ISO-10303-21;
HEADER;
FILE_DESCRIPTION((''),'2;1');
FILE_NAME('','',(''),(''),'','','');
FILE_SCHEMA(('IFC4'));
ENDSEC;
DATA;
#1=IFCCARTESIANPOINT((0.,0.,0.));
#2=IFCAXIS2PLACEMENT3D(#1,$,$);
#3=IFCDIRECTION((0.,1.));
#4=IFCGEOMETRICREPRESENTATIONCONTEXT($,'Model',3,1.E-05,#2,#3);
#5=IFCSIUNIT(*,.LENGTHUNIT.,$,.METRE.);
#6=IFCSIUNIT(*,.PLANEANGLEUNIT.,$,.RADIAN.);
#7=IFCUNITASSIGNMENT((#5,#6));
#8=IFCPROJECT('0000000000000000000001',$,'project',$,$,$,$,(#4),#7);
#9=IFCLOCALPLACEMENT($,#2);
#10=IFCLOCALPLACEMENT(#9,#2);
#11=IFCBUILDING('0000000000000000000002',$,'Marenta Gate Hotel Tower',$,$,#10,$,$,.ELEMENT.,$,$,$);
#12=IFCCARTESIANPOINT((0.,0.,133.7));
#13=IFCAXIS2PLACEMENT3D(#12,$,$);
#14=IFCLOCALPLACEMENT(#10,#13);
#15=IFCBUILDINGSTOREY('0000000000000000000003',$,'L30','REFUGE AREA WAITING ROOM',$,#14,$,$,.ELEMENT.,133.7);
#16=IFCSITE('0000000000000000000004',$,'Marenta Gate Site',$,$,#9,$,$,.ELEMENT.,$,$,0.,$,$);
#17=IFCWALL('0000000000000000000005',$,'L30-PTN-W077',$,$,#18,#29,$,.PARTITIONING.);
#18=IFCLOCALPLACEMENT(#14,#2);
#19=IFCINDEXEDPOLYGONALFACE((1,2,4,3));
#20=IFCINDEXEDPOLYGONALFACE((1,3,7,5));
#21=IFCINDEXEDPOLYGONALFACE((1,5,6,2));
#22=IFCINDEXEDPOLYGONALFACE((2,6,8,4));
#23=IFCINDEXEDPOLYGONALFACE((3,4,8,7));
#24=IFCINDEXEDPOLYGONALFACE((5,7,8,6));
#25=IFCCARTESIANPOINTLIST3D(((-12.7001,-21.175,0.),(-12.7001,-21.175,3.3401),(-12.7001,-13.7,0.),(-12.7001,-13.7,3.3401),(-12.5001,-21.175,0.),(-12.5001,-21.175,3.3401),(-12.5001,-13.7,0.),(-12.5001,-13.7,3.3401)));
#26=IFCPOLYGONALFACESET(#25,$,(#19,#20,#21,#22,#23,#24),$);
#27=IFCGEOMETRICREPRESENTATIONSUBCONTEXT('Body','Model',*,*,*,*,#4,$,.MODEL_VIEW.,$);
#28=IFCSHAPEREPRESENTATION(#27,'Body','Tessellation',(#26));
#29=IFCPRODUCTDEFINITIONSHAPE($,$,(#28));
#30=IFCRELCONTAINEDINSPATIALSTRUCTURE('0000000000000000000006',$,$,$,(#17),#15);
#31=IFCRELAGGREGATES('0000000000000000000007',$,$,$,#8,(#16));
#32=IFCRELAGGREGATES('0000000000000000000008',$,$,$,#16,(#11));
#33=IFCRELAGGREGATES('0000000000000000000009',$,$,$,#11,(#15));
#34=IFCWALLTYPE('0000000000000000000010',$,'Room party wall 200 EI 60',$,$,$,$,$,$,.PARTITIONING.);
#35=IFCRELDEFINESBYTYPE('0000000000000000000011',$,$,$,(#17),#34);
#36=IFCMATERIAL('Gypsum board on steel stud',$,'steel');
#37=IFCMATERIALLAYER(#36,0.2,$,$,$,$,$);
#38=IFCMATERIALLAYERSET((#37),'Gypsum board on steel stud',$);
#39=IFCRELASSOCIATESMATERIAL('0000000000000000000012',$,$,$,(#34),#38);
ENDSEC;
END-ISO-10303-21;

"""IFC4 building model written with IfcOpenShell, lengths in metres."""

from ifc_helpers import new_model, si_unit, direction, frame, frame_2d, origin, place, context, subcontext, project, spatial, rectangle, extrude, material, layer, layer_set, type_object, element, save


model = new_model("IFC4")

# Units and contexts
model_context = context("Model", 3, precision=1e-05, world=origin(), true_north=direction((0.0, 1.0)))
body_context = subcontext(model_context, "Body", "Model", "MODEL_VIEW")
ifc_project = project(units=[si_unit("LENGTHUNIT", "METRE"), si_unit("PLANEANGLEUNIT", "RADIAN")], contexts=[model_context])

# Site, building, storey
site_placement = place(None, origin())
site = spatial("IfcSite", under=ifc_project, at=site_placement, Name="Marenta Gate Site", CompositionType="ELEMENT", RefElevation=0.0)
building_placement = place(site_placement, origin())
building = spatial("IfcBuilding", under=site, at=building_placement, Name="Marenta Gate Hotel Tower", CompositionType="ELEMENT")
storey_placement = place(building_placement, frame((0.0, 0.0, 133.7)))
storey = spatial("IfcBuildingStorey", under=building, at=storey_placement, Name="L30", Description="REFUGE AREA WAITING ROOM", CompositionType="ELEMENT", Elevation=133.7)

# Wall
ifc_material_1 = material(Name="Gypsum board on steel stud", Category="steel")
ifc_layer_1 = layer(ifc_material_1, 0.2)
ifc_layer_set_1 = layer_set([ifc_layer_1], Name="Gypsum board on steel stud")
wall_type_1 = type_object("IfcWallType", Name="Room party wall 200 EI 60", PredefinedType="PARTITIONING", material=ifc_layer_set_1)
wall_1_placement = place(storey_placement, frame((-12.6001, -21.175, 0.0), z_axis=(0.0, 0.0, 1.0), x_axis=(0.0, 1.0, 0.0)))
element("IfcWall", 1, at=wall_1_placement, inside=storey, type_object=wall_type_1, Name="L30-PTN-W077", PredefinedType="PARTITIONING", context=body_context, shape_type="SweptSolid", body=[
    extrude(rectangle(XDim=7.4751, YDim=0.2, at=frame_2d((3.7375, 0.0))), origin(), (0.0, 0.0, 1.0), 3.3401),
])

save(model, "model.ifc")
